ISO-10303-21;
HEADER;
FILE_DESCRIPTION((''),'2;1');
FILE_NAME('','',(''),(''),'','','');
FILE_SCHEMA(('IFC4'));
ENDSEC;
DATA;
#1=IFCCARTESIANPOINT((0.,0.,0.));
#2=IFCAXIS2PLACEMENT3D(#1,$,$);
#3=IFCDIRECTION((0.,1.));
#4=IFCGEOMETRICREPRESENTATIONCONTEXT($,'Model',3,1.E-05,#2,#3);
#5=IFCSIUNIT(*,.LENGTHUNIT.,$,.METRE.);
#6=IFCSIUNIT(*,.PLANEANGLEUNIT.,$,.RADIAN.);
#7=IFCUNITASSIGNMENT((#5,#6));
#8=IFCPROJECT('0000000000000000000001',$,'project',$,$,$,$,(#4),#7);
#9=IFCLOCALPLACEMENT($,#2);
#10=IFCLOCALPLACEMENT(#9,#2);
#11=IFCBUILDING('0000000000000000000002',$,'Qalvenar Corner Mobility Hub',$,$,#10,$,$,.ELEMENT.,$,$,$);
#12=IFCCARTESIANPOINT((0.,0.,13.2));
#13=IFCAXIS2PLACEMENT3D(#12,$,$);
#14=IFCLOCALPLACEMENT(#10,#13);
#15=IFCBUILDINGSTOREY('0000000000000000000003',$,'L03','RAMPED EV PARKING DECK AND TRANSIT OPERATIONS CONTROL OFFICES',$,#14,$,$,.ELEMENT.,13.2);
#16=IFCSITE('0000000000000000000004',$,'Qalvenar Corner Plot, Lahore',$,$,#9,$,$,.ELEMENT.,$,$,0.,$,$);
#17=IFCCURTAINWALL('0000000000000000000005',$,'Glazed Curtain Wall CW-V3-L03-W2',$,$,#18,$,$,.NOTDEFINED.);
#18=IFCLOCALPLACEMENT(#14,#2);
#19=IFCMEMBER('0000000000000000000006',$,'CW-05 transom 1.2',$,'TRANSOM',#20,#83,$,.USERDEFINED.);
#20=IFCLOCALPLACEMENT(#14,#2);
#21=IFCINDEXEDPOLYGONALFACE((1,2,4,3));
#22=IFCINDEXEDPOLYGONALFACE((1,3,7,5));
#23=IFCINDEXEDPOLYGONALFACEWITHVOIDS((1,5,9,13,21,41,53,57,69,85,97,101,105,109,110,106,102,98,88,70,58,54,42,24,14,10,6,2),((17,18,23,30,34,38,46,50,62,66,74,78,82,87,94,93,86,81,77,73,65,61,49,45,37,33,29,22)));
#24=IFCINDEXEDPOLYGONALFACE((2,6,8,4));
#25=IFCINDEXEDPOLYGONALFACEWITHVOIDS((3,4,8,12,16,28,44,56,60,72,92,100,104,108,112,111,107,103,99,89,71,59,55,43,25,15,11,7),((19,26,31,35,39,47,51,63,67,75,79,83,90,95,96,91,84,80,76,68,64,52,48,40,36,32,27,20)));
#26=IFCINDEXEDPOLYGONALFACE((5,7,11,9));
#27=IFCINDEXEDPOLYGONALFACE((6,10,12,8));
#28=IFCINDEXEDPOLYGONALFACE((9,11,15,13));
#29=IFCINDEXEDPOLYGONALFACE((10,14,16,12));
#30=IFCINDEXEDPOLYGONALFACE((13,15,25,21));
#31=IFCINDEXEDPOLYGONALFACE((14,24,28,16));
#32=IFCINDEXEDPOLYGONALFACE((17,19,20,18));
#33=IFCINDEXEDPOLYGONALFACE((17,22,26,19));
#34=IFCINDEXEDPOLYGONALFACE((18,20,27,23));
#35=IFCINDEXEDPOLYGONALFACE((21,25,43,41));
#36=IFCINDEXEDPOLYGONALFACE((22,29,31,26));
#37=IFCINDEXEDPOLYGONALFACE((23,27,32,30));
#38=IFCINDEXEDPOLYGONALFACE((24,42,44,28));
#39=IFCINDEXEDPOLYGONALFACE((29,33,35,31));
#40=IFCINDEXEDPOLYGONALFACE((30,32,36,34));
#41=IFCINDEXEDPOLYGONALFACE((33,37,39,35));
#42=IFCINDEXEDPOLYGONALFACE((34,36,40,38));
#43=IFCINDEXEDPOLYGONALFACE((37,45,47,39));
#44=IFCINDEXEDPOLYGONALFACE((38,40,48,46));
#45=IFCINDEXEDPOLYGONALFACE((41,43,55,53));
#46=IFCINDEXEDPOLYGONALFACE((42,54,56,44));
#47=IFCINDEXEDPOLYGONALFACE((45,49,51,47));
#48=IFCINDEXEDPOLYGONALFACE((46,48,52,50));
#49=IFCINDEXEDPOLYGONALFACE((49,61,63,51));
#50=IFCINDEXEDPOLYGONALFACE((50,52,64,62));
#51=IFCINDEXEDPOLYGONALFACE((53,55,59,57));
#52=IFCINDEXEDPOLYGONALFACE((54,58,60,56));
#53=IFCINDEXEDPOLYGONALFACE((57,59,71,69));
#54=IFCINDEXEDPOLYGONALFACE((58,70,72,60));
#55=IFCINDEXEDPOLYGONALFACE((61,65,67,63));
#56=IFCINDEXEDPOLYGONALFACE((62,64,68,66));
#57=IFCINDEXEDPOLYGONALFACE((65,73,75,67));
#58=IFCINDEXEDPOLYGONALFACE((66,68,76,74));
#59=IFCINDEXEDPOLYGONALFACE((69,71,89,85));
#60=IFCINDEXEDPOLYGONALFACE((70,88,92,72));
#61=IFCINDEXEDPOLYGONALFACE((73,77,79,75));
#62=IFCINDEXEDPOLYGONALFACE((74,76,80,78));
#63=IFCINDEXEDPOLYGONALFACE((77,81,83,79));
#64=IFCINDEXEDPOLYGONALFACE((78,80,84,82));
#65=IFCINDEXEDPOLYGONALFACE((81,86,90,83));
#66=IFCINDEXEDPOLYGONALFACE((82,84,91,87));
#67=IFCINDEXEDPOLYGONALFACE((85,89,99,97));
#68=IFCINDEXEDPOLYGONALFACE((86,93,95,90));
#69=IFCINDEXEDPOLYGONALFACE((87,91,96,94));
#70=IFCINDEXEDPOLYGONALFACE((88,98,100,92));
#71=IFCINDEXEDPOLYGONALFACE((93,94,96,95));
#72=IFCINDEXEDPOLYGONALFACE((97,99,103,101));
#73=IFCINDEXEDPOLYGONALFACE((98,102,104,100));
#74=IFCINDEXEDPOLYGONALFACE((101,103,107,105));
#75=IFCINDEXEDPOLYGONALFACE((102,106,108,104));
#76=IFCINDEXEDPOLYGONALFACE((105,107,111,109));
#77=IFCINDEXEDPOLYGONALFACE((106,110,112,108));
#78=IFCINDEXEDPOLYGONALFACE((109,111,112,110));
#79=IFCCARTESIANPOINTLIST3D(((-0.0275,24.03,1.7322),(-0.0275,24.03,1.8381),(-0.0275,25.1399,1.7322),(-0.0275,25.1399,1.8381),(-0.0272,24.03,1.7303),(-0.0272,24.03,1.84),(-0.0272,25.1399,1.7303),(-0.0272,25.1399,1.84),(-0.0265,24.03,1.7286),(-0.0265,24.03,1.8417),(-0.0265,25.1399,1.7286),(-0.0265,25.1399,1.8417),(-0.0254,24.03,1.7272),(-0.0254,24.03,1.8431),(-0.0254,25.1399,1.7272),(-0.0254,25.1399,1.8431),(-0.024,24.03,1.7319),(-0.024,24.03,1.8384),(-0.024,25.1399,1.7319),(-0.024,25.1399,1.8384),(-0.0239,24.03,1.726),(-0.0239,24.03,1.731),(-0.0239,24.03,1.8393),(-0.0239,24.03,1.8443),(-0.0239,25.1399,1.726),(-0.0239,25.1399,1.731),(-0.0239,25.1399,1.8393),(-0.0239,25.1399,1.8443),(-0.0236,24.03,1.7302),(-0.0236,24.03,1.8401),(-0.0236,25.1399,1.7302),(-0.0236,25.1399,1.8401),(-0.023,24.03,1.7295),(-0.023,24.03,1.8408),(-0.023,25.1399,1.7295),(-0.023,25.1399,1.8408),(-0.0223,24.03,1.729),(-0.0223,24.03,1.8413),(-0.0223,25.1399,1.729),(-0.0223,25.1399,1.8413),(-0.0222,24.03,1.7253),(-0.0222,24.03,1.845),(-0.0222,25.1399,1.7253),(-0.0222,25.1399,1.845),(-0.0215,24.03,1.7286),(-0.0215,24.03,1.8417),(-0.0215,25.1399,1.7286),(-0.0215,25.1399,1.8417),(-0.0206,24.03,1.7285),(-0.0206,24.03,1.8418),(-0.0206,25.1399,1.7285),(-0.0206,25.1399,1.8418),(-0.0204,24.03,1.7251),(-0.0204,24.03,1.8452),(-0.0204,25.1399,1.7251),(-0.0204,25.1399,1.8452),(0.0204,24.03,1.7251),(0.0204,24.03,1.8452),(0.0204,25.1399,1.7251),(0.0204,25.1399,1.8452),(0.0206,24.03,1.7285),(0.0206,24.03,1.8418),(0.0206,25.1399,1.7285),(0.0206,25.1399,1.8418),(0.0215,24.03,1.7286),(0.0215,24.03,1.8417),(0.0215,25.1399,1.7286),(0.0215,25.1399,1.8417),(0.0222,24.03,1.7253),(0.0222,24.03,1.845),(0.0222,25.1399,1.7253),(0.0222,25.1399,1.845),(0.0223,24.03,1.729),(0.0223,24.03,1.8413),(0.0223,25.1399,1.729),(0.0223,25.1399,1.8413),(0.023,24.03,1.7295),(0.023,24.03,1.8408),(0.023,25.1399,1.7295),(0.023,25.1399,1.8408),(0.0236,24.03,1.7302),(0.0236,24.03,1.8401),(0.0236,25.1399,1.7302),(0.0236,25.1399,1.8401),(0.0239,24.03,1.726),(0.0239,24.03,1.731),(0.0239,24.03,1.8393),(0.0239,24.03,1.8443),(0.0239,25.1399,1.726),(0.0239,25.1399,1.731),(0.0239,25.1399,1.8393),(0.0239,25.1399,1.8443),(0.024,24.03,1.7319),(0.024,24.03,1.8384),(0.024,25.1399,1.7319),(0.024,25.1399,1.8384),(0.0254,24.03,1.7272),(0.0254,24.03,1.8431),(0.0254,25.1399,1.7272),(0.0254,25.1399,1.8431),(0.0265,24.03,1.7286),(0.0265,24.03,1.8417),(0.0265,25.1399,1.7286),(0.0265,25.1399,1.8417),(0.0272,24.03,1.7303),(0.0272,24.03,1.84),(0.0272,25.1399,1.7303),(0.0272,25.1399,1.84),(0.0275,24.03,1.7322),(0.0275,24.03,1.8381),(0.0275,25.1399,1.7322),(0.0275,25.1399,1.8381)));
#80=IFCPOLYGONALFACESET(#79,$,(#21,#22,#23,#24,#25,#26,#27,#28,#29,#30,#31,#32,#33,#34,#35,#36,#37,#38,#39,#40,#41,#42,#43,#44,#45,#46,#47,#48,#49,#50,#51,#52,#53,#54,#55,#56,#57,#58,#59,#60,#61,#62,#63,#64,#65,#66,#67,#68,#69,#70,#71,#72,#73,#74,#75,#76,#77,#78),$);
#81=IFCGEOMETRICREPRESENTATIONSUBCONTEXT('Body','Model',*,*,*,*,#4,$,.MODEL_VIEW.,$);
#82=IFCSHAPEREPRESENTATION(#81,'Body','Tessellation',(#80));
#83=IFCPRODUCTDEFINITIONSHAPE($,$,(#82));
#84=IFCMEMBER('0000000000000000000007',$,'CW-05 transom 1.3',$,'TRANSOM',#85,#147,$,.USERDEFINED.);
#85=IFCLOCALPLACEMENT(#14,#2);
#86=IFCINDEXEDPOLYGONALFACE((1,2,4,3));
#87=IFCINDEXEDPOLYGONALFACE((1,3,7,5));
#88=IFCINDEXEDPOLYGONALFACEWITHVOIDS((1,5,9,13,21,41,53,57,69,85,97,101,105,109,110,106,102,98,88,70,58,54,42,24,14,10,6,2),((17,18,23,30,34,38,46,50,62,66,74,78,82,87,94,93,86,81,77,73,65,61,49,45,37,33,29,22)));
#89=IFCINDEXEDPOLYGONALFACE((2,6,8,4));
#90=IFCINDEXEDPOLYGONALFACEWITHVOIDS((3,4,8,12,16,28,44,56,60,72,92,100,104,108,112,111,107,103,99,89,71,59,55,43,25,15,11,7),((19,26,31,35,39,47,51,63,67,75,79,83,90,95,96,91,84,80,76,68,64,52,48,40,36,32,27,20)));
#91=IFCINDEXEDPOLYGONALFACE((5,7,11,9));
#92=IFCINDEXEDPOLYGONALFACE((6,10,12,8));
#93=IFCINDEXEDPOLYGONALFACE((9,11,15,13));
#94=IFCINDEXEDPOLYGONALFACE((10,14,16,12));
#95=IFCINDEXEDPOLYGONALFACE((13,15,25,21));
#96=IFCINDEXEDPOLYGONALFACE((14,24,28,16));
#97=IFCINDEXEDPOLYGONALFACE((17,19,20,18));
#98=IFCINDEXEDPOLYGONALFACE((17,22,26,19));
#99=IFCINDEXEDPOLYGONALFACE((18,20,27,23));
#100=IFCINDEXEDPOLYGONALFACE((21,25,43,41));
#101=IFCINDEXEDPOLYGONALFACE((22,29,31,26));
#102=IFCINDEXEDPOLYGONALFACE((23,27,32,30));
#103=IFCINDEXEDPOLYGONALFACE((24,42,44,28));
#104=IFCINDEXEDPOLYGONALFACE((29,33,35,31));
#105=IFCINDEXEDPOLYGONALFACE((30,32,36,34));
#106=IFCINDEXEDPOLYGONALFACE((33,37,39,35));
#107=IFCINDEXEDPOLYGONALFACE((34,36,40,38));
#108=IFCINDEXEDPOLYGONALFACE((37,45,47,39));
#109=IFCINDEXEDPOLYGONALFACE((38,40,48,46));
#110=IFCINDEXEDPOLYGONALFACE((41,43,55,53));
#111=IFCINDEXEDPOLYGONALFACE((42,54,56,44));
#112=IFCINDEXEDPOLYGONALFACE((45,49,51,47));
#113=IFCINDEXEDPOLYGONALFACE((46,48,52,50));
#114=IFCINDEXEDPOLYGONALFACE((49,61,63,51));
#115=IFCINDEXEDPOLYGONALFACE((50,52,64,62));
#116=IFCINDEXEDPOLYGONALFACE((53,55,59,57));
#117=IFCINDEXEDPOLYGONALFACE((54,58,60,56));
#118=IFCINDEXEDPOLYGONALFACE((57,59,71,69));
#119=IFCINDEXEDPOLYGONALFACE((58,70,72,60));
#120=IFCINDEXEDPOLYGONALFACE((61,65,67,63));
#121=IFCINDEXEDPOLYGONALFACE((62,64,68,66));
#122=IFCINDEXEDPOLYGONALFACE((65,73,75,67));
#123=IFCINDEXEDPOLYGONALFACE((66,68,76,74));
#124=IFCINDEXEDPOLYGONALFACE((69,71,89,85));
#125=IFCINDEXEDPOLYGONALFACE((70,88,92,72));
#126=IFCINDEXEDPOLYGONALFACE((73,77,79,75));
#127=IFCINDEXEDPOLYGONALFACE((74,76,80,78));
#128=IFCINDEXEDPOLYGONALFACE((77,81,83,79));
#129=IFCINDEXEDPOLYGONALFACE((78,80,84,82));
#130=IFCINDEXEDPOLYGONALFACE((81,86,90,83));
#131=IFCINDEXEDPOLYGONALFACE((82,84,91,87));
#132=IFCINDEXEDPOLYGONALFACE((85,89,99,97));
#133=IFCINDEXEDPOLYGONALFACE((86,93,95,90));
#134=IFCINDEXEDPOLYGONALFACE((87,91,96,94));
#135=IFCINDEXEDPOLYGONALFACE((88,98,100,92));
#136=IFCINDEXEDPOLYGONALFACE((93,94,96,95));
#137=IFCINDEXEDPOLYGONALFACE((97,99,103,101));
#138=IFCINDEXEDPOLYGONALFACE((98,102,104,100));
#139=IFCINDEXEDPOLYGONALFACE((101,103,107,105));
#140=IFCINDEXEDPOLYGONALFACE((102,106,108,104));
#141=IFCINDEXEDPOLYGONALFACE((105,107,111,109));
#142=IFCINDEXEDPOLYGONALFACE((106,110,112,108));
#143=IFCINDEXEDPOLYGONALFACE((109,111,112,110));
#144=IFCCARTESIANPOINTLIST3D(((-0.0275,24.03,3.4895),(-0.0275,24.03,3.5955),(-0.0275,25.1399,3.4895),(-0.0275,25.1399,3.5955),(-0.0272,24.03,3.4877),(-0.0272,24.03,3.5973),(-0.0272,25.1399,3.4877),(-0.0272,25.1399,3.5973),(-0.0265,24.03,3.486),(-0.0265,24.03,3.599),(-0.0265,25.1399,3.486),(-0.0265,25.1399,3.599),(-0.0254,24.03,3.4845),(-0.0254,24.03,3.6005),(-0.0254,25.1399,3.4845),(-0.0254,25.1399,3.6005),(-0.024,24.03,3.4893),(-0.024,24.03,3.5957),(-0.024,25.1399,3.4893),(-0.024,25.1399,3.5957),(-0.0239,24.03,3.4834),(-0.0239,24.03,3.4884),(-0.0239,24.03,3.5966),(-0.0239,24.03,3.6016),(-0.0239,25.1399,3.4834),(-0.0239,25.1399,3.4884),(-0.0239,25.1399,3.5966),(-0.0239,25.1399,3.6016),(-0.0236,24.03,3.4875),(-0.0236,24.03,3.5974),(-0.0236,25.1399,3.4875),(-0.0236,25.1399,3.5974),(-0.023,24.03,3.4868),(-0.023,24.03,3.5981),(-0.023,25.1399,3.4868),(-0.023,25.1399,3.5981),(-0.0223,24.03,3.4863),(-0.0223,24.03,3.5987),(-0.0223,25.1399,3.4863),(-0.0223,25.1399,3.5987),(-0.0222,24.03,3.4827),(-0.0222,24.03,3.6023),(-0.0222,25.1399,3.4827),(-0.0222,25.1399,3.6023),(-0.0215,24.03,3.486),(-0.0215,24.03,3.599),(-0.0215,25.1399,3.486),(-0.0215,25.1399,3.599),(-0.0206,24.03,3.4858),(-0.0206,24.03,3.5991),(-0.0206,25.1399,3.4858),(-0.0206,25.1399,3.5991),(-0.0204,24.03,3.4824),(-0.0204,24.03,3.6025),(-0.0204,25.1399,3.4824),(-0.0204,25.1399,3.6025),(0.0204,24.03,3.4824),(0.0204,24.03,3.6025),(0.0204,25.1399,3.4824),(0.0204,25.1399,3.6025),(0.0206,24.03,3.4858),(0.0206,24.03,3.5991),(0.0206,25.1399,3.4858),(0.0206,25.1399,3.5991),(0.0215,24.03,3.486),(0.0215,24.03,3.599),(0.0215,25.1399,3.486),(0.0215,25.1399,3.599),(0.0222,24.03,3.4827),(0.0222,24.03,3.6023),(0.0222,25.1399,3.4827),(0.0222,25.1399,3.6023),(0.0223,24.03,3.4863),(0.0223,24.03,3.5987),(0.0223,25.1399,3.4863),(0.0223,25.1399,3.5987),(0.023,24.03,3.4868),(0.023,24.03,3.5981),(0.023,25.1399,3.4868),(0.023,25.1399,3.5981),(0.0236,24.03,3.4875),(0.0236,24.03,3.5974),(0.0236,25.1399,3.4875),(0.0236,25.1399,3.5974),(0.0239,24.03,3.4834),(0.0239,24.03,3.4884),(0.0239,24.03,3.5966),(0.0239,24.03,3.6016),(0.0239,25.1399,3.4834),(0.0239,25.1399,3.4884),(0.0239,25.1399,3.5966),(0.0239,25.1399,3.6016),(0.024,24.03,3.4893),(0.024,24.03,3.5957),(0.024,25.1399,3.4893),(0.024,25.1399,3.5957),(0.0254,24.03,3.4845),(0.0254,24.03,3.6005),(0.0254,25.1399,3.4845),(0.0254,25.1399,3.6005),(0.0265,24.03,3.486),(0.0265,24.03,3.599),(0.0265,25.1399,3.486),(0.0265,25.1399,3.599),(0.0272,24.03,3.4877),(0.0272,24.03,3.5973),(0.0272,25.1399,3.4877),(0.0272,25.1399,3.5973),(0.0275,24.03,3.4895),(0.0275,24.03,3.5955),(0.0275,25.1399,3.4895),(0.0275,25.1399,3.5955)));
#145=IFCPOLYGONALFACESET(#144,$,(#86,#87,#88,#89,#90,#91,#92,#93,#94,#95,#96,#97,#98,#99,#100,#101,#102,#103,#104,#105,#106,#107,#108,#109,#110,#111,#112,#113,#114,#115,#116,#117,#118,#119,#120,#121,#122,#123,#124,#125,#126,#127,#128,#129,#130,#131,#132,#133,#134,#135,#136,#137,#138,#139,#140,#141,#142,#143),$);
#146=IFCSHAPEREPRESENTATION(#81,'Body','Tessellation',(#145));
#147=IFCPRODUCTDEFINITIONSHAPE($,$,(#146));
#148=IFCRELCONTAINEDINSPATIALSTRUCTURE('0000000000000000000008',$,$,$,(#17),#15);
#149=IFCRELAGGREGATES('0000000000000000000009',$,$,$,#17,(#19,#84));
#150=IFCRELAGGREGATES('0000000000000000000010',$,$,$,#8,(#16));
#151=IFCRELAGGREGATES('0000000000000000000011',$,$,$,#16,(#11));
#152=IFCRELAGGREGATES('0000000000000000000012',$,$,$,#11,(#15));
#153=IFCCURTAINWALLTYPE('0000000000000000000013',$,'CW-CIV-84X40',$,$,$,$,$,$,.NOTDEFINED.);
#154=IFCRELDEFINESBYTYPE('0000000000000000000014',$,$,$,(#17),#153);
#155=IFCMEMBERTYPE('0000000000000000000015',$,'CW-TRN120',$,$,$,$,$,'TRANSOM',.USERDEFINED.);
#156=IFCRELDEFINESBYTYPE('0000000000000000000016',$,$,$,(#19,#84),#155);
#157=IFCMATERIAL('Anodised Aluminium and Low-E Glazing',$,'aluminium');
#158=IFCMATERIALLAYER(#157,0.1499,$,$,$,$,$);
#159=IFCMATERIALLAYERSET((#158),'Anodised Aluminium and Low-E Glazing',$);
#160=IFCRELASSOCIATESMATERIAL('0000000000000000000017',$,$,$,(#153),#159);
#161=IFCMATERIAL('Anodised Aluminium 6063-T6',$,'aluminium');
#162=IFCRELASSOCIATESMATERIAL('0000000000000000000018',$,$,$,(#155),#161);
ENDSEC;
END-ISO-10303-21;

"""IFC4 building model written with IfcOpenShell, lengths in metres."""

from ifc_helpers import new_model, si_unit, direction, frame, origin, origin_2d, place, context, subcontext, project, spatial, hollow_rectangle, extrude, material, layer, layer_set, material_profile, profile_set, type_object, element, aggregate, save


model = new_model("IFC4")

# Units and contexts
model_context = context("Model", 3, precision=1e-05, world=origin(), true_north=direction((0.0, 1.0)))
body_context = subcontext(model_context, "Body", "Model", "MODEL_VIEW")
ifc_project = project(units=[si_unit("LENGTHUNIT", "METRE"), si_unit("PLANEANGLEUNIT", "RADIAN")], contexts=[model_context])

# Site, building, storey
site_placement = place(None, origin())
site = spatial("IfcSite", under=ifc_project, at=site_placement, Name="Qalvenar Corner Plot, Lahore", CompositionType="ELEMENT", RefElevation=0.0)
building_placement = place(site_placement, origin())
building = spatial("IfcBuilding", under=site, at=building_placement, Name="Qalvenar Corner Mobility Hub", CompositionType="ELEMENT")
storey_placement = place(building_placement, frame((0.0, 0.0, 13.2)))
storey = spatial("IfcBuildingStorey", under=building, at=storey_placement, Name="L03", Description="RAMPED EV PARKING DECK AND TRANSIT OPERATIONS CONTROL OFFICES", CompositionType="ELEMENT", Elevation=13.2)

# Curtain wall, members
ifc_material_1 = material(Name="Anodised Aluminium and Low-E Glazing", Category="aluminium")
ifc_layer_1 = layer(ifc_material_1, 0.1499)
ifc_layer_set_1 = layer_set([ifc_layer_1], Name="Anodised Aluminium and Low-E Glazing")
curtain_wall_type = type_object("IfcCurtainWallType", Name="CW-CIV-84X40", PredefinedType="NOTDEFINED", material=ifc_layer_set_1)
curtain_wall_placement = place(storey_placement, origin())
curtain_wall = element("IfcCurtainWall", 1, at=curtain_wall_placement, inside=storey, type_object=curtain_wall_type, Name="Glazed Curtain Wall CW-V3-L03-W2", PredefinedType="NOTDEFINED")
ifc_material_2 = material(Name="Anodised Aluminium 6063-T6", Category="aluminium")
ifc_material_profile_1 = material_profile(ifc_material_2, hollow_rectangle(XDim=0.0549, YDim=0.1201, WallThickness=0.0034, InnerFilletRadius=0.0034, OuterFilletRadius=0.0071, at=origin_2d()), Name="RHS120x55x3.5")
ifc_profile_set_1 = profile_set([ifc_material_profile_1], Name="Anodised Aluminium 6063-T6")
member_type_1 = type_object("IfcMemberType", Name="CW-TRN120", ElementType="TRANSOM", PredefinedType="USERDEFINED", material=ifc_profile_set_1)
member_1_placement = place(storey_placement, frame((0.0, 25.1399, 1.7852), z_axis=(0.0, -1.0, 0.0), x_axis=(1.0, 0.0, 0.0)))
member_1 = element("IfcMember", 2, at=member_1_placement, type_object=member_type_1, Name="CW-05 transom 1.2", ObjectType="TRANSOM", PredefinedType="USERDEFINED", context=body_context, shape_type="SweptSolid", body=[
    extrude(hollow_rectangle(XDim=0.0549, YDim=0.1201, WallThickness=0.0034, InnerFilletRadius=0.0034, OuterFilletRadius=0.0071, at=origin_2d()), origin(), (0.0, 0.0, 1.0), 1.1099),
])
member_2_placement = place(storey_placement, frame((0.0, 25.1399, 3.5425), z_axis=(0.0, -1.0, 0.0), x_axis=(1.0, 0.0, 0.0)))
member_2 = element("IfcMember", 3, at=member_2_placement, type_object=member_type_1, Name="CW-05 transom 1.3", ObjectType="TRANSOM", PredefinedType="USERDEFINED", context=body_context, shape_type="SweptSolid", body=[
    extrude(hollow_rectangle(XDim=0.0549, YDim=0.1201, WallThickness=0.0034, InnerFilletRadius=0.0034, OuterFilletRadius=0.0071, at=origin_2d()), origin(), (0.0, 0.0, 1.0), 1.1099),
])
aggregate(curtain_wall, [member_1, member_2])

save(model, "model.ifc")
